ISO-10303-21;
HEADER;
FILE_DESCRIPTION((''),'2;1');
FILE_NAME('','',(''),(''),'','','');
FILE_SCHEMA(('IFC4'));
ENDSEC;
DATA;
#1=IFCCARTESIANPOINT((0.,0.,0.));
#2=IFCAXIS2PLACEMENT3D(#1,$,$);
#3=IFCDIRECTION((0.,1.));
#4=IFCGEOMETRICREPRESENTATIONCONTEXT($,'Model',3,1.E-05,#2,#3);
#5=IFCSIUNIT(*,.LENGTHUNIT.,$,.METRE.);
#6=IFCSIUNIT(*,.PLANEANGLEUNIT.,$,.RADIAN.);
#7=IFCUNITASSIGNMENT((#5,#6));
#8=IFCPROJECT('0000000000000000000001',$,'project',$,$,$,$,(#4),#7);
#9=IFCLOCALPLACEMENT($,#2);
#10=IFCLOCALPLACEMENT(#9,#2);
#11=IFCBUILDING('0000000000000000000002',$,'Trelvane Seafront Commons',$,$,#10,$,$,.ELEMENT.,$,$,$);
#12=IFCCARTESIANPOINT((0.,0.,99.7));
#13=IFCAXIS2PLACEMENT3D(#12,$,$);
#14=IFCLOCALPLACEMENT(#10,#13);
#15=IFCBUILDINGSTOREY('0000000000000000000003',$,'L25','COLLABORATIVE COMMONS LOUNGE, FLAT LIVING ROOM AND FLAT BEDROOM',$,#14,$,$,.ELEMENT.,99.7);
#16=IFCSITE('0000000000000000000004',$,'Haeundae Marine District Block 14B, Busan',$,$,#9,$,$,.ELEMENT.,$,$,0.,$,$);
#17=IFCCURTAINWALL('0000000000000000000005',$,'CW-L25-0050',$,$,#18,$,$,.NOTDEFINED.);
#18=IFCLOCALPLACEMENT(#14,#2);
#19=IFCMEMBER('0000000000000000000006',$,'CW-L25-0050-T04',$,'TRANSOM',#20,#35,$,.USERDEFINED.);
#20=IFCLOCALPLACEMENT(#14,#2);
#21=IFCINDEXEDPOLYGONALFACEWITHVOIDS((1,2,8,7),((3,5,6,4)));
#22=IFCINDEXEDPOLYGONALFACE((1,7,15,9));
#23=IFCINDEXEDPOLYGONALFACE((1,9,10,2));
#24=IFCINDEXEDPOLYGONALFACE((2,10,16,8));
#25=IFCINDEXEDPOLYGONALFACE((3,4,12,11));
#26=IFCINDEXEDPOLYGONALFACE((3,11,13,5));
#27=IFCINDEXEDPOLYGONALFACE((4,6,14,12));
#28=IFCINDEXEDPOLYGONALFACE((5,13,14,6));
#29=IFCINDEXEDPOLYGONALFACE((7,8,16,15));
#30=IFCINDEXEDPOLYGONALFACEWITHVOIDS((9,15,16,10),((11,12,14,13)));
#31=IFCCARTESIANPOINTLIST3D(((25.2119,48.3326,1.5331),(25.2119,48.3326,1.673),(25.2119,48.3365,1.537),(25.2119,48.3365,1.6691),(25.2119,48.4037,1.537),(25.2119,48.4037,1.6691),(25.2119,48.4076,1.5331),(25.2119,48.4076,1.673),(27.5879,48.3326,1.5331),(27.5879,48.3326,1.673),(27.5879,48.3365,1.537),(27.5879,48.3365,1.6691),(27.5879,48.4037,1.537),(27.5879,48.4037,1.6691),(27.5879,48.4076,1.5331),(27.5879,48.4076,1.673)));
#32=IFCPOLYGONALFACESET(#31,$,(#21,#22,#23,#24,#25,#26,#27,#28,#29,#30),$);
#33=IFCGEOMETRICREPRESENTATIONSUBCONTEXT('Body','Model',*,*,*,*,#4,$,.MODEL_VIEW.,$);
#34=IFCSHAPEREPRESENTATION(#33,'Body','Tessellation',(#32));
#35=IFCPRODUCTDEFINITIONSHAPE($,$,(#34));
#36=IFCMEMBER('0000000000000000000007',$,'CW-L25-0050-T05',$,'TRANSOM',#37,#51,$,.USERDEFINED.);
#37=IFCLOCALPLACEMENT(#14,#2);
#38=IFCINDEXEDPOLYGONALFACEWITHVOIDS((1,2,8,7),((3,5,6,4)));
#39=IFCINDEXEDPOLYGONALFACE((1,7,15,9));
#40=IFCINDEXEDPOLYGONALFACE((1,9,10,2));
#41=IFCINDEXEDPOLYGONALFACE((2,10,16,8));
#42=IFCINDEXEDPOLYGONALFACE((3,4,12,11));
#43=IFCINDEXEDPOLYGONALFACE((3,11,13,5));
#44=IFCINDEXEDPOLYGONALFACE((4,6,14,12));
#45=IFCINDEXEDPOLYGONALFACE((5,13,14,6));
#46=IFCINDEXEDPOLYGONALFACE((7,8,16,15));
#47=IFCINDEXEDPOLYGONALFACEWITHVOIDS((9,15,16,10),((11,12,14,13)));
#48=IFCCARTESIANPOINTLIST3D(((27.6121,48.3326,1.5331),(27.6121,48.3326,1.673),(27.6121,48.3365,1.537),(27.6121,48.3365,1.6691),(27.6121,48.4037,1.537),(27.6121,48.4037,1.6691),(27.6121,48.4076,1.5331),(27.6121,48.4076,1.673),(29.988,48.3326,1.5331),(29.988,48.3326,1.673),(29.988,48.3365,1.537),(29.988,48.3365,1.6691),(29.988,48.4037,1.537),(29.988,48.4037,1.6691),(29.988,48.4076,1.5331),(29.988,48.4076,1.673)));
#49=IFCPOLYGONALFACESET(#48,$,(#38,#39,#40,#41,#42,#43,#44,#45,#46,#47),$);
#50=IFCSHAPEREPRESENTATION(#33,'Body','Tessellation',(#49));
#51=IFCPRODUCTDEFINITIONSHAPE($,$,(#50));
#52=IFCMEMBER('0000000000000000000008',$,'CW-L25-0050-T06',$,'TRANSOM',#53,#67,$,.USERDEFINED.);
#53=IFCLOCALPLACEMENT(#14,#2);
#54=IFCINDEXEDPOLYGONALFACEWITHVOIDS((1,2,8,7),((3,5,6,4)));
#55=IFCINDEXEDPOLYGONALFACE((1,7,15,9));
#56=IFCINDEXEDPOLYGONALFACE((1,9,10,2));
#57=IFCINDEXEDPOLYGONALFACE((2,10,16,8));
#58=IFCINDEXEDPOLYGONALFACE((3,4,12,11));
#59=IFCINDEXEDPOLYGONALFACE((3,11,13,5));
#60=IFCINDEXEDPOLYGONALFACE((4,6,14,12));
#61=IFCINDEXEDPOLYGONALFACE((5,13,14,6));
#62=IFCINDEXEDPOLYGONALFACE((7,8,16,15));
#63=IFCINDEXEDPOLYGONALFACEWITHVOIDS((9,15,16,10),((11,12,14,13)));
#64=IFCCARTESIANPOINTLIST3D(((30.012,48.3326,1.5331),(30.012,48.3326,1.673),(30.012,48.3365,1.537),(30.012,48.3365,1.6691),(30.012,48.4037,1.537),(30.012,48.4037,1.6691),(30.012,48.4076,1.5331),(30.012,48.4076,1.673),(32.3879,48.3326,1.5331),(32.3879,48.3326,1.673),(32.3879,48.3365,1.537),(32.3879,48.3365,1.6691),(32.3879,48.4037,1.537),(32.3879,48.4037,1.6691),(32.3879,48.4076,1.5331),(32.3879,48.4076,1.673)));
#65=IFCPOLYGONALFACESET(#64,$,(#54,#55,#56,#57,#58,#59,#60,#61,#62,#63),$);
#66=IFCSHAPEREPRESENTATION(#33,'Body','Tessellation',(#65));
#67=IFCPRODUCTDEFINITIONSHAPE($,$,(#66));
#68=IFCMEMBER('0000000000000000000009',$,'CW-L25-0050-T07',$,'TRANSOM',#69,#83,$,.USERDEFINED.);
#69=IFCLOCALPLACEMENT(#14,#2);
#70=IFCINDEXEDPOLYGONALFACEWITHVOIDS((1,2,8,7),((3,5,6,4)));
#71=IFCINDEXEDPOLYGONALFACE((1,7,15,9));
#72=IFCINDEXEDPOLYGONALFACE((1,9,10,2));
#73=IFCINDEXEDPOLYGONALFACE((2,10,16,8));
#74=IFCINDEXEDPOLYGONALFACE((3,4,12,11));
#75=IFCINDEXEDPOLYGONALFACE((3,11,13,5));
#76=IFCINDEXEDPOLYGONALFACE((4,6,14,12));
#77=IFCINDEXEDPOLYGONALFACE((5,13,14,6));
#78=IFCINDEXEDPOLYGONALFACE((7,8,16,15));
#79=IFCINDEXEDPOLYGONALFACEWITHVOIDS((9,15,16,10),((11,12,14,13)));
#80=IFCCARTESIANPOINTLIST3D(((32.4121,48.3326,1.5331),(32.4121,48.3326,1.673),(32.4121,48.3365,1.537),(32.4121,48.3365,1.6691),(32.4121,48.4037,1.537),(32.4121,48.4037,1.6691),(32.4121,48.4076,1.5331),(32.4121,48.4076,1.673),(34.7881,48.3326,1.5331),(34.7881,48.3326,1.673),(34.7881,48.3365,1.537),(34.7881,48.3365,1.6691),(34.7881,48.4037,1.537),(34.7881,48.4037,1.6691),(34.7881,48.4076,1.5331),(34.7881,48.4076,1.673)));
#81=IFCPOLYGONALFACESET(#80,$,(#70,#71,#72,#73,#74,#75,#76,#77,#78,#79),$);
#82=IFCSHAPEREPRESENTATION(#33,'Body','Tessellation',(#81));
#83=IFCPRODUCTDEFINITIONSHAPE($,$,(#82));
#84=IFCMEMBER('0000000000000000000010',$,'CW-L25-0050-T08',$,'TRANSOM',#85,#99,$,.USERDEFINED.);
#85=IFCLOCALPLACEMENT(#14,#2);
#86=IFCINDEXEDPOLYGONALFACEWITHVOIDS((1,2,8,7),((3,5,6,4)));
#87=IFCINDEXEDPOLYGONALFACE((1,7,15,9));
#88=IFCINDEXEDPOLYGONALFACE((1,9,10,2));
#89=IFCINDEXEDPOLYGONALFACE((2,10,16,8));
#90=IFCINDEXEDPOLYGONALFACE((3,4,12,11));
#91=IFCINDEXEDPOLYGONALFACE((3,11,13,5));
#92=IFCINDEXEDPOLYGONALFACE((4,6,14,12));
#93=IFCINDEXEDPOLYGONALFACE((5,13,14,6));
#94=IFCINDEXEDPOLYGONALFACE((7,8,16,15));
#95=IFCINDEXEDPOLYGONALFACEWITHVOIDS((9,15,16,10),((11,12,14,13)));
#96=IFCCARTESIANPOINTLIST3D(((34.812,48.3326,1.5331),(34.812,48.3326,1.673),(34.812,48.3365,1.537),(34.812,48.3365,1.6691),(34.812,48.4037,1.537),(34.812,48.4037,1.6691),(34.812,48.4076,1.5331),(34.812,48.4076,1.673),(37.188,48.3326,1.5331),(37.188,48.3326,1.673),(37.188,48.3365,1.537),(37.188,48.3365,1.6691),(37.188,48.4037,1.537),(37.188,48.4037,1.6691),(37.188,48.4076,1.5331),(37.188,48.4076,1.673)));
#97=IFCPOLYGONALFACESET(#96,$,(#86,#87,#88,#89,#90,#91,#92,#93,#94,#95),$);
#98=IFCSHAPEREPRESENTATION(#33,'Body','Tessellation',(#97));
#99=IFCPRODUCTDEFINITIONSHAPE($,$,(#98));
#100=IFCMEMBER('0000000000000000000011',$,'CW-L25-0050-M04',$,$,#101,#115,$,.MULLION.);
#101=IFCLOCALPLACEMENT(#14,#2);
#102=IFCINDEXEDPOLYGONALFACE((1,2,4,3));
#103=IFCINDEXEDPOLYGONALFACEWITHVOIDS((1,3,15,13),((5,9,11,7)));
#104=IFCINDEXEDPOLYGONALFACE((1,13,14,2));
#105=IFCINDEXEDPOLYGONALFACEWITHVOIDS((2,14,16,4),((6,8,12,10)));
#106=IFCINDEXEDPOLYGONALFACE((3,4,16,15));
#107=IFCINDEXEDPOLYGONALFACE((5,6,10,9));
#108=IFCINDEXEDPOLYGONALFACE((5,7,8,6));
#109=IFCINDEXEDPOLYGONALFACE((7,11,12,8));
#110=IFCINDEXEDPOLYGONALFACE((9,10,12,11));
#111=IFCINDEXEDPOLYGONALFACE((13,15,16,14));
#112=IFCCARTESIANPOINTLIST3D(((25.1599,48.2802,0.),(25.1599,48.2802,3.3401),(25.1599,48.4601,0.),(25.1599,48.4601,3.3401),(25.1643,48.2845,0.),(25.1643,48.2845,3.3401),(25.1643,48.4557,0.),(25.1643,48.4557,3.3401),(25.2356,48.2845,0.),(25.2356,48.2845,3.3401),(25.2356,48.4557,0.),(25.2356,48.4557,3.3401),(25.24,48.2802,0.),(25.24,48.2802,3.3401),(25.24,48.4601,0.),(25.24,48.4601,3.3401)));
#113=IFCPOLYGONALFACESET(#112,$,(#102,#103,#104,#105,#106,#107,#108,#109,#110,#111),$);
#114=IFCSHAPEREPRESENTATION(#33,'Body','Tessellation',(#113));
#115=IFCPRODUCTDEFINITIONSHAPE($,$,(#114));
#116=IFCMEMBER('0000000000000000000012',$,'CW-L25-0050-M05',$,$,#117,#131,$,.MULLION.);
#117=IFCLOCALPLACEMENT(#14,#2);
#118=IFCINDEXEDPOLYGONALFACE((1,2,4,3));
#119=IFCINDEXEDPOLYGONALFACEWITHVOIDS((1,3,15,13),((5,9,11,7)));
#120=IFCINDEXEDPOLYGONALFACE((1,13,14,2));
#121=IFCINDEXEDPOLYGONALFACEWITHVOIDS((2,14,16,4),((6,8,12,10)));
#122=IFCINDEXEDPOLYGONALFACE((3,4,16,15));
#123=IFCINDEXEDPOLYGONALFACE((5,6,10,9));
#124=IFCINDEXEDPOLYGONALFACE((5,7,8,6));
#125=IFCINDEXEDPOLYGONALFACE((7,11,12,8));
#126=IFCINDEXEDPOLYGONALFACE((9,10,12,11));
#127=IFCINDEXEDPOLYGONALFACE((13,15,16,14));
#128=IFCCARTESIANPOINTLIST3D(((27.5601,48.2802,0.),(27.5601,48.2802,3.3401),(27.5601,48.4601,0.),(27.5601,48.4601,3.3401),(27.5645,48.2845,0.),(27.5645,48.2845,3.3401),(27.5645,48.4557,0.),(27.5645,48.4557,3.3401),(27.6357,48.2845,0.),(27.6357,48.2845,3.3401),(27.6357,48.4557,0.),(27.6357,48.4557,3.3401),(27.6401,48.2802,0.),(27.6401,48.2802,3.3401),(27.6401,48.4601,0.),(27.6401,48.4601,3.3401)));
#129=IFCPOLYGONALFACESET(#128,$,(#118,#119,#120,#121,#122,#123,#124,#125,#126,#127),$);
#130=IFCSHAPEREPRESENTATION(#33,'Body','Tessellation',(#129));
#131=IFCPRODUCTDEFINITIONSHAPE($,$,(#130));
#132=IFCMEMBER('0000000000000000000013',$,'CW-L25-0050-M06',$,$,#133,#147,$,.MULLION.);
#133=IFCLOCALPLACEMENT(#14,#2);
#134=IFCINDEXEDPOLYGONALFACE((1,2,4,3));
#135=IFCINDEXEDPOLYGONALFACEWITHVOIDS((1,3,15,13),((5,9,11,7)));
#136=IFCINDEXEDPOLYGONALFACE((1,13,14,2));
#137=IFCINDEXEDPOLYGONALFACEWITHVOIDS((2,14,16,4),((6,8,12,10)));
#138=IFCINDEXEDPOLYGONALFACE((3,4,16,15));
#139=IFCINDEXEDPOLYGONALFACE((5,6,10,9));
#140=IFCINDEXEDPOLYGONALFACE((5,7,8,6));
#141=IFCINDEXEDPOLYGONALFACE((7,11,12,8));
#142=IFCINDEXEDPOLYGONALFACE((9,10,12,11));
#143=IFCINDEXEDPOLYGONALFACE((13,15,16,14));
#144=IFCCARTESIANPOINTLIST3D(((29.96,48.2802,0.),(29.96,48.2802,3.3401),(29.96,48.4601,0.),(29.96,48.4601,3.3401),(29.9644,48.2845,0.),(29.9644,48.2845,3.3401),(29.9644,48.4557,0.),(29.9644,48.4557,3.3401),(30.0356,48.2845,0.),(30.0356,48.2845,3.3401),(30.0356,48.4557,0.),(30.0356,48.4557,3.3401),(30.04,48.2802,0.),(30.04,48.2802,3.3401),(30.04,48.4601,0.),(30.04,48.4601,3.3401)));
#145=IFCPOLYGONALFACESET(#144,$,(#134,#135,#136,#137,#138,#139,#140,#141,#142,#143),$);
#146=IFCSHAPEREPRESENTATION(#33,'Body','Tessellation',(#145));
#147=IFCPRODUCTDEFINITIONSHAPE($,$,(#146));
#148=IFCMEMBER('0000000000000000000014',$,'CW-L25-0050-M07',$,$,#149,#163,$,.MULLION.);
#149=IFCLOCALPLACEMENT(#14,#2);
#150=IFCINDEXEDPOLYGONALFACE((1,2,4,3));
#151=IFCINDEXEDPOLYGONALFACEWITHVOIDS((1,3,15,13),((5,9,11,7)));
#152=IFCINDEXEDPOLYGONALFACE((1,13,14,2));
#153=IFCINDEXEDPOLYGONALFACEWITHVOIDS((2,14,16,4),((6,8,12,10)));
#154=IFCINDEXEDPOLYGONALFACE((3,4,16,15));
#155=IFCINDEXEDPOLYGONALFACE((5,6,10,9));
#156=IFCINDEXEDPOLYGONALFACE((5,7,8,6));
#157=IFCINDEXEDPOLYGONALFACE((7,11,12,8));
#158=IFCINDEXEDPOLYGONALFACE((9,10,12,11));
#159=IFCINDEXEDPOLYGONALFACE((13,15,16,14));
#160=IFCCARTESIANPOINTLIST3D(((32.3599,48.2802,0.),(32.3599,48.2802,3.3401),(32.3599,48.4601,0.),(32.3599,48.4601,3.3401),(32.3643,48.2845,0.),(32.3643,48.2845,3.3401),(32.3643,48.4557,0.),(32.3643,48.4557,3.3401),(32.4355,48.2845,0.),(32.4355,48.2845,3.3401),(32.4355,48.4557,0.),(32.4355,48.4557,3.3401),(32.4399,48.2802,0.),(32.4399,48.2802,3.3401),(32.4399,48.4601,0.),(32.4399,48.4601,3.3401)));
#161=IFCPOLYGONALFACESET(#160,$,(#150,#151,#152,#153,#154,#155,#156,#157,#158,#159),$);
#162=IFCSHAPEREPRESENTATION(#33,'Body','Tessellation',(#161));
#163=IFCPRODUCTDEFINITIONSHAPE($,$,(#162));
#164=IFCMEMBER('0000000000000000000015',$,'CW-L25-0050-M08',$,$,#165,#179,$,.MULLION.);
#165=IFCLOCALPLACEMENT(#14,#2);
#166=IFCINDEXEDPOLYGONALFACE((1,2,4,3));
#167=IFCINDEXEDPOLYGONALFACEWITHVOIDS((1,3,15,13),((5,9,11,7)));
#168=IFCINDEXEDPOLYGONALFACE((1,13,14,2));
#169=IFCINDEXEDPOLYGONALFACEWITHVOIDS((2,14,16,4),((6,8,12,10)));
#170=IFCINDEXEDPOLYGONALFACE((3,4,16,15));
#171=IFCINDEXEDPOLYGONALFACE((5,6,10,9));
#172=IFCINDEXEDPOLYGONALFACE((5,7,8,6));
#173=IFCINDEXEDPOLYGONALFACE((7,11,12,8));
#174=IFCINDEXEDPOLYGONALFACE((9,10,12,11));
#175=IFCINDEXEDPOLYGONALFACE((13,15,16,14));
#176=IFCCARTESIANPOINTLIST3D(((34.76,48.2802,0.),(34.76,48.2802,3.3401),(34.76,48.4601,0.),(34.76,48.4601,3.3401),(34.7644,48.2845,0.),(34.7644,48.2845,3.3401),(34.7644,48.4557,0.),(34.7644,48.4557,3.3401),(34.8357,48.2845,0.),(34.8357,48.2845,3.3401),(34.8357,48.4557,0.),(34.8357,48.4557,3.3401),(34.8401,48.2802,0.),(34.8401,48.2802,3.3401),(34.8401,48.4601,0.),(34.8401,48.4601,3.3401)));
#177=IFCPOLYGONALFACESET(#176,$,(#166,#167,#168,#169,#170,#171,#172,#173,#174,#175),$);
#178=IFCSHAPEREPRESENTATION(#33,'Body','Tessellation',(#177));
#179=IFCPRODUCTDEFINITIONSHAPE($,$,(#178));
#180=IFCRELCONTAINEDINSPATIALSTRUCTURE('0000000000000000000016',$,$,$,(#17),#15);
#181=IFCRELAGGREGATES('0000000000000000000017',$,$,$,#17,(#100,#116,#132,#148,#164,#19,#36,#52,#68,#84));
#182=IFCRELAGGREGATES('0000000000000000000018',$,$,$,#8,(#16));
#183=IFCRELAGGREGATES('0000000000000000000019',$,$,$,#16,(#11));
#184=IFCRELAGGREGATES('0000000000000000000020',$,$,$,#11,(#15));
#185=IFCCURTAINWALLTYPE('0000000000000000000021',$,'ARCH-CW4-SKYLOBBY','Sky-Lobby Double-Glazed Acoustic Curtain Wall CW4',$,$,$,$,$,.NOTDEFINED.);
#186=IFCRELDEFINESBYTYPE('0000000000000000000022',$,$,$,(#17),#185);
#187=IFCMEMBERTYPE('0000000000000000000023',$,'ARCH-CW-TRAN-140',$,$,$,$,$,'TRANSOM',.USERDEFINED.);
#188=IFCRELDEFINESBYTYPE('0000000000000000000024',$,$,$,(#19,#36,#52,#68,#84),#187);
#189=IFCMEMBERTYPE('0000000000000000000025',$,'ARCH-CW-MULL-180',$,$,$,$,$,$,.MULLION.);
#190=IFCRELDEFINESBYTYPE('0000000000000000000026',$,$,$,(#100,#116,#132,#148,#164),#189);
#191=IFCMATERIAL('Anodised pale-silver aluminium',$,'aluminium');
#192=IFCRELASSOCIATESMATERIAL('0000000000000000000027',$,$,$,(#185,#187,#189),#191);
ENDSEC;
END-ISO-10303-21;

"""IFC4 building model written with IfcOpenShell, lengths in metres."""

from ifc_helpers import new_model, si_unit, direction, frame, origin, origin_2d, place, context, subcontext, project, spatial, hollow_rectangle, extrude, source, transform, mapped, material, material_profile, profile_set, type_object, element, aggregate, save


model = new_model("IFC4")

# Units and contexts
model_context = context("Model", 3, precision=1e-05, world=origin(), true_north=direction((0.0, 1.0)))
body_context = subcontext(model_context, "Body", "Model", "MODEL_VIEW")
ifc_project = project(units=[si_unit("LENGTHUNIT", "METRE"), si_unit("PLANEANGLEUNIT", "RADIAN")], contexts=[model_context])

# Site, building, storey
site_placement = place(None, origin())
site = spatial("IfcSite", under=ifc_project, at=site_placement, Name="Haeundae Marine District Block 14B, Busan", CompositionType="ELEMENT", RefElevation=0.0)
building_placement = place(site_placement, origin())
building = spatial("IfcBuilding", under=site, at=building_placement, Name="Trelvane Seafront Commons", CompositionType="ELEMENT")
storey_placement = place(building_placement, frame((0.0, 0.0, 99.7)))
storey = spatial("IfcBuildingStorey", under=building, at=storey_placement, Name="L25", Description="COLLABORATIVE COMMONS LOUNGE, FLAT LIVING ROOM AND FLAT BEDROOM", CompositionType="ELEMENT", Elevation=99.7)

# Curtain wall, members
ifc_material_1 = material(Name="Anodised pale-silver aluminium", Category="aluminium")
curtain_wall_type = type_object("IfcCurtainWallType", Name="ARCH-CW4-SKYLOBBY", Description="Sky-Lobby Double-Glazed Acoustic Curtain Wall CW4", PredefinedType="NOTDEFINED", material=ifc_material_1)
curtain_wall_placement = place(storey_placement, origin())
curtain_wall = element("IfcCurtainWall", 1, at=curtain_wall_placement, inside=storey, type_object=curtain_wall_type, Name="CW-L25-0050", PredefinedType="NOTDEFINED")
ifc_material_profile_1 = material_profile(ifc_material_1, hollow_rectangle(XDim=0.075, YDim=0.1399, WallThickness=0.0039, at=origin_2d()), Name="TRAN-75x140x4")
ifc_profile_set_1 = profile_set([ifc_material_profile_1], Name="Anodised pale-silver aluminium")
member_type_1 = type_object("IfcMemberType", Name="ARCH-CW-TRAN-140", ElementType="TRANSOM", PredefinedType="USERDEFINED", material=ifc_profile_set_1)
shared_shape_1 = source(origin(), body_context, "Body", "SweptSolid", [
    extrude(hollow_rectangle(XDim=0.075, YDim=0.1399, WallThickness=0.0039, at=origin_2d()), origin(), (0.0, 0.0, 1.0), 2.376),
])
member_1_placement = place(storey_placement, frame((25.2119, 48.3701, 1.603), z_axis=(1.0, 0.0, 0.0), x_axis=(0.0, 1.0, 0.0)))
member_1 = element("IfcMember", 2, at=member_1_placement, type_object=member_type_1, Name="CW-L25-0050-T04", ObjectType="TRANSOM", PredefinedType="USERDEFINED", context=body_context, shape_type="MappedRepresentation", body=[
    mapped(shared_shape_1, transform((0.0, 0.0, 0.0), x_axis=(1.0, 0.0, 0.0), y_axis=(0.0, 1.0, 0.0), z_axis=(0.0, 0.0, 1.0), scale=1.0)),
])
member_2_placement = place(storey_placement, frame((27.6121, 48.3701, 1.603), z_axis=(1.0, 0.0, 0.0), x_axis=(0.0, 1.0, 0.0)))
member_2 = element("IfcMember", 3, at=member_2_placement, type_object=member_type_1, Name="CW-L25-0050-T05", ObjectType="TRANSOM", PredefinedType="USERDEFINED", context=body_context, shape_type="MappedRepresentation", body=[
    mapped(shared_shape_1, transform((0.0, 0.0, 0.0), x_axis=(1.0, 0.0, 0.0), y_axis=(0.0, 1.0, 0.0), z_axis=(0.0, 0.0, 1.0), scale=1.0)),
])
member_3_placement = place(storey_placement, frame((30.012, 48.3701, 1.603), z_axis=(1.0, 0.0, 0.0), x_axis=(0.0, 1.0, 0.0)))
member_3 = element("IfcMember", 4, at=member_3_placement, type_object=member_type_1, Name="CW-L25-0050-T06", ObjectType="TRANSOM", PredefinedType="USERDEFINED", context=body_context, shape_type="MappedRepresentation", body=[
    mapped(shared_shape_1, transform((0.0, 0.0, 0.0), x_axis=(1.0, 0.0, 0.0), y_axis=(0.0, 1.0, 0.0), z_axis=(0.0, 0.0, 1.0), scale=1.0)),
])
member_4_placement = place(storey_placement, frame((32.4121, 48.3701, 1.603), z_axis=(1.0, 0.0, 0.0), x_axis=(0.0, 1.0, 0.0)))
member_4 = element("IfcMember", 5, at=member_4_placement, type_object=member_type_1, Name="CW-L25-0050-T07", ObjectType="TRANSOM", PredefinedType="USERDEFINED", context=body_context, shape_type="MappedRepresentation", body=[
    mapped(shared_shape_1, transform((0.0, 0.0, 0.0), x_axis=(1.0, 0.0, 0.0), y_axis=(0.0, 1.0, 0.0), z_axis=(0.0, 0.0, 1.0), scale=1.0)),
])
member_5_placement = place(storey_placement, frame((34.812, 48.3701, 1.603), z_axis=(1.0, 0.0, 0.0), x_axis=(0.0, 1.0, 0.0)))
member_5 = element("IfcMember", 6, at=member_5_placement, type_object=member_type_1, Name="CW-L25-0050-T08", ObjectType="TRANSOM", PredefinedType="USERDEFINED", context=body_context, shape_type="MappedRepresentation", body=[
    mapped(shared_shape_1, transform((0.0, 0.0, 0.0), x_axis=(1.0, 0.0, 0.0), y_axis=(0.0, 1.0, 0.0), z_axis=(0.0, 0.0, 1.0), scale=1.0)),
])
ifc_material_profile_2 = material_profile(ifc_material_1, hollow_rectangle(XDim=0.0801, YDim=0.1799, WallThickness=0.0044, at=origin_2d()), Name="MULL-80x180x4.5")
ifc_profile_set_2 = profile_set([ifc_material_profile_2], Name="Anodised pale-silver aluminium")
member_type_2 = type_object("IfcMemberType", Name="ARCH-CW-MULL-180", PredefinedType="MULLION", material=ifc_profile_set_2)
shared_shape_2 = source(origin(), body_context, "Body", "SweptSolid", [
    extrude(hollow_rectangle(XDim=0.0801, YDim=0.1799, WallThickness=0.0044, at=origin_2d()), origin(), (0.0, 0.0, 1.0), 3.3401),
])
member_6_placement = place(storey_placement, frame((25.2, 48.3701, 0.0), z_axis=(0.0, 0.0, 1.0), x_axis=(1.0, 0.0, 0.0)))
member_6 = element("IfcMember", 7, at=member_6_placement, type_object=member_type_2, Name="CW-L25-0050-M04", PredefinedType="MULLION", context=body_context, shape_type="MappedRepresentation", body=[
    mapped(shared_shape_2, transform((0.0, 0.0, 0.0), x_axis=(1.0, 0.0, 0.0), y_axis=(0.0, 1.0, 0.0), z_axis=(0.0, 0.0, 1.0), scale=1.0)),
])
member_7_placement = place(storey_placement, frame((27.6001, 48.3701, 0.0), z_axis=(0.0, 0.0, 1.0), x_axis=(1.0, 0.0, 0.0)))
member_7 = element("IfcMember", 8, at=member_7_placement, type_object=member_type_2, Name="CW-L25-0050-M05", PredefinedType="MULLION", context=body_context, shape_type="MappedRepresentation", body=[
    mapped(shared_shape_2, transform((0.0, 0.0, 0.0), x_axis=(1.0, 0.0, 0.0), y_axis=(0.0, 1.0, 0.0), z_axis=(0.0, 0.0, 1.0), scale=1.0)),
])
member_8_placement = place(storey_placement, frame((30.0, 48.3701, 0.0), z_axis=(0.0, 0.0, 1.0), x_axis=(1.0, 0.0, 0.0)))
member_8 = element("IfcMember", 9, at=member_8_placement, type_object=member_type_2, Name="CW-L25-0050-M06", PredefinedType="MULLION", context=body_context, shape_type="MappedRepresentation", body=[
    mapped(shared_shape_2, transform((0.0, 0.0, 0.0), x_axis=(1.0, 0.0, 0.0), y_axis=(0.0, 1.0, 0.0), z_axis=(0.0, 0.0, 1.0), scale=1.0)),
])
member_9_placement = place(storey_placement, frame((32.3999, 48.3701, 0.0), z_axis=(0.0, 0.0, 1.0), x_axis=(1.0, 0.0, 0.0)))
member_9 = element("IfcMember", 10, at=member_9_placement, type_object=member_type_2, Name="CW-L25-0050-M07", PredefinedType="MULLION", context=body_context, shape_type="MappedRepresentation", body=[
    mapped(shared_shape_2, transform((0.0, 0.0, 0.0), x_axis=(1.0, 0.0, 0.0), y_axis=(0.0, 1.0, 0.0), z_axis=(0.0, 0.0, 1.0), scale=1.0)),
])
member_10_placement = place(storey_placement, frame((34.8, 48.3701, 0.0), z_axis=(0.0, 0.0, 1.0), x_axis=(1.0, 0.0, 0.0)))
member_10 = element("IfcMember", 11, at=member_10_placement, type_object=member_type_2, Name="CW-L25-0050-M08", PredefinedType="MULLION", context=body_context, shape_type="MappedRepresentation", body=[
    mapped(shared_shape_2, transform((0.0, 0.0, 0.0), x_axis=(1.0, 0.0, 0.0), y_axis=(0.0, 1.0, 0.0), z_axis=(0.0, 0.0, 1.0), scale=1.0)),
])

aggregate(curtain_wall, [member_6, member_7, member_8, member_9, member_10, member_1, member_2, member_3, member_4, member_5])

save(model, "model.ifc")
